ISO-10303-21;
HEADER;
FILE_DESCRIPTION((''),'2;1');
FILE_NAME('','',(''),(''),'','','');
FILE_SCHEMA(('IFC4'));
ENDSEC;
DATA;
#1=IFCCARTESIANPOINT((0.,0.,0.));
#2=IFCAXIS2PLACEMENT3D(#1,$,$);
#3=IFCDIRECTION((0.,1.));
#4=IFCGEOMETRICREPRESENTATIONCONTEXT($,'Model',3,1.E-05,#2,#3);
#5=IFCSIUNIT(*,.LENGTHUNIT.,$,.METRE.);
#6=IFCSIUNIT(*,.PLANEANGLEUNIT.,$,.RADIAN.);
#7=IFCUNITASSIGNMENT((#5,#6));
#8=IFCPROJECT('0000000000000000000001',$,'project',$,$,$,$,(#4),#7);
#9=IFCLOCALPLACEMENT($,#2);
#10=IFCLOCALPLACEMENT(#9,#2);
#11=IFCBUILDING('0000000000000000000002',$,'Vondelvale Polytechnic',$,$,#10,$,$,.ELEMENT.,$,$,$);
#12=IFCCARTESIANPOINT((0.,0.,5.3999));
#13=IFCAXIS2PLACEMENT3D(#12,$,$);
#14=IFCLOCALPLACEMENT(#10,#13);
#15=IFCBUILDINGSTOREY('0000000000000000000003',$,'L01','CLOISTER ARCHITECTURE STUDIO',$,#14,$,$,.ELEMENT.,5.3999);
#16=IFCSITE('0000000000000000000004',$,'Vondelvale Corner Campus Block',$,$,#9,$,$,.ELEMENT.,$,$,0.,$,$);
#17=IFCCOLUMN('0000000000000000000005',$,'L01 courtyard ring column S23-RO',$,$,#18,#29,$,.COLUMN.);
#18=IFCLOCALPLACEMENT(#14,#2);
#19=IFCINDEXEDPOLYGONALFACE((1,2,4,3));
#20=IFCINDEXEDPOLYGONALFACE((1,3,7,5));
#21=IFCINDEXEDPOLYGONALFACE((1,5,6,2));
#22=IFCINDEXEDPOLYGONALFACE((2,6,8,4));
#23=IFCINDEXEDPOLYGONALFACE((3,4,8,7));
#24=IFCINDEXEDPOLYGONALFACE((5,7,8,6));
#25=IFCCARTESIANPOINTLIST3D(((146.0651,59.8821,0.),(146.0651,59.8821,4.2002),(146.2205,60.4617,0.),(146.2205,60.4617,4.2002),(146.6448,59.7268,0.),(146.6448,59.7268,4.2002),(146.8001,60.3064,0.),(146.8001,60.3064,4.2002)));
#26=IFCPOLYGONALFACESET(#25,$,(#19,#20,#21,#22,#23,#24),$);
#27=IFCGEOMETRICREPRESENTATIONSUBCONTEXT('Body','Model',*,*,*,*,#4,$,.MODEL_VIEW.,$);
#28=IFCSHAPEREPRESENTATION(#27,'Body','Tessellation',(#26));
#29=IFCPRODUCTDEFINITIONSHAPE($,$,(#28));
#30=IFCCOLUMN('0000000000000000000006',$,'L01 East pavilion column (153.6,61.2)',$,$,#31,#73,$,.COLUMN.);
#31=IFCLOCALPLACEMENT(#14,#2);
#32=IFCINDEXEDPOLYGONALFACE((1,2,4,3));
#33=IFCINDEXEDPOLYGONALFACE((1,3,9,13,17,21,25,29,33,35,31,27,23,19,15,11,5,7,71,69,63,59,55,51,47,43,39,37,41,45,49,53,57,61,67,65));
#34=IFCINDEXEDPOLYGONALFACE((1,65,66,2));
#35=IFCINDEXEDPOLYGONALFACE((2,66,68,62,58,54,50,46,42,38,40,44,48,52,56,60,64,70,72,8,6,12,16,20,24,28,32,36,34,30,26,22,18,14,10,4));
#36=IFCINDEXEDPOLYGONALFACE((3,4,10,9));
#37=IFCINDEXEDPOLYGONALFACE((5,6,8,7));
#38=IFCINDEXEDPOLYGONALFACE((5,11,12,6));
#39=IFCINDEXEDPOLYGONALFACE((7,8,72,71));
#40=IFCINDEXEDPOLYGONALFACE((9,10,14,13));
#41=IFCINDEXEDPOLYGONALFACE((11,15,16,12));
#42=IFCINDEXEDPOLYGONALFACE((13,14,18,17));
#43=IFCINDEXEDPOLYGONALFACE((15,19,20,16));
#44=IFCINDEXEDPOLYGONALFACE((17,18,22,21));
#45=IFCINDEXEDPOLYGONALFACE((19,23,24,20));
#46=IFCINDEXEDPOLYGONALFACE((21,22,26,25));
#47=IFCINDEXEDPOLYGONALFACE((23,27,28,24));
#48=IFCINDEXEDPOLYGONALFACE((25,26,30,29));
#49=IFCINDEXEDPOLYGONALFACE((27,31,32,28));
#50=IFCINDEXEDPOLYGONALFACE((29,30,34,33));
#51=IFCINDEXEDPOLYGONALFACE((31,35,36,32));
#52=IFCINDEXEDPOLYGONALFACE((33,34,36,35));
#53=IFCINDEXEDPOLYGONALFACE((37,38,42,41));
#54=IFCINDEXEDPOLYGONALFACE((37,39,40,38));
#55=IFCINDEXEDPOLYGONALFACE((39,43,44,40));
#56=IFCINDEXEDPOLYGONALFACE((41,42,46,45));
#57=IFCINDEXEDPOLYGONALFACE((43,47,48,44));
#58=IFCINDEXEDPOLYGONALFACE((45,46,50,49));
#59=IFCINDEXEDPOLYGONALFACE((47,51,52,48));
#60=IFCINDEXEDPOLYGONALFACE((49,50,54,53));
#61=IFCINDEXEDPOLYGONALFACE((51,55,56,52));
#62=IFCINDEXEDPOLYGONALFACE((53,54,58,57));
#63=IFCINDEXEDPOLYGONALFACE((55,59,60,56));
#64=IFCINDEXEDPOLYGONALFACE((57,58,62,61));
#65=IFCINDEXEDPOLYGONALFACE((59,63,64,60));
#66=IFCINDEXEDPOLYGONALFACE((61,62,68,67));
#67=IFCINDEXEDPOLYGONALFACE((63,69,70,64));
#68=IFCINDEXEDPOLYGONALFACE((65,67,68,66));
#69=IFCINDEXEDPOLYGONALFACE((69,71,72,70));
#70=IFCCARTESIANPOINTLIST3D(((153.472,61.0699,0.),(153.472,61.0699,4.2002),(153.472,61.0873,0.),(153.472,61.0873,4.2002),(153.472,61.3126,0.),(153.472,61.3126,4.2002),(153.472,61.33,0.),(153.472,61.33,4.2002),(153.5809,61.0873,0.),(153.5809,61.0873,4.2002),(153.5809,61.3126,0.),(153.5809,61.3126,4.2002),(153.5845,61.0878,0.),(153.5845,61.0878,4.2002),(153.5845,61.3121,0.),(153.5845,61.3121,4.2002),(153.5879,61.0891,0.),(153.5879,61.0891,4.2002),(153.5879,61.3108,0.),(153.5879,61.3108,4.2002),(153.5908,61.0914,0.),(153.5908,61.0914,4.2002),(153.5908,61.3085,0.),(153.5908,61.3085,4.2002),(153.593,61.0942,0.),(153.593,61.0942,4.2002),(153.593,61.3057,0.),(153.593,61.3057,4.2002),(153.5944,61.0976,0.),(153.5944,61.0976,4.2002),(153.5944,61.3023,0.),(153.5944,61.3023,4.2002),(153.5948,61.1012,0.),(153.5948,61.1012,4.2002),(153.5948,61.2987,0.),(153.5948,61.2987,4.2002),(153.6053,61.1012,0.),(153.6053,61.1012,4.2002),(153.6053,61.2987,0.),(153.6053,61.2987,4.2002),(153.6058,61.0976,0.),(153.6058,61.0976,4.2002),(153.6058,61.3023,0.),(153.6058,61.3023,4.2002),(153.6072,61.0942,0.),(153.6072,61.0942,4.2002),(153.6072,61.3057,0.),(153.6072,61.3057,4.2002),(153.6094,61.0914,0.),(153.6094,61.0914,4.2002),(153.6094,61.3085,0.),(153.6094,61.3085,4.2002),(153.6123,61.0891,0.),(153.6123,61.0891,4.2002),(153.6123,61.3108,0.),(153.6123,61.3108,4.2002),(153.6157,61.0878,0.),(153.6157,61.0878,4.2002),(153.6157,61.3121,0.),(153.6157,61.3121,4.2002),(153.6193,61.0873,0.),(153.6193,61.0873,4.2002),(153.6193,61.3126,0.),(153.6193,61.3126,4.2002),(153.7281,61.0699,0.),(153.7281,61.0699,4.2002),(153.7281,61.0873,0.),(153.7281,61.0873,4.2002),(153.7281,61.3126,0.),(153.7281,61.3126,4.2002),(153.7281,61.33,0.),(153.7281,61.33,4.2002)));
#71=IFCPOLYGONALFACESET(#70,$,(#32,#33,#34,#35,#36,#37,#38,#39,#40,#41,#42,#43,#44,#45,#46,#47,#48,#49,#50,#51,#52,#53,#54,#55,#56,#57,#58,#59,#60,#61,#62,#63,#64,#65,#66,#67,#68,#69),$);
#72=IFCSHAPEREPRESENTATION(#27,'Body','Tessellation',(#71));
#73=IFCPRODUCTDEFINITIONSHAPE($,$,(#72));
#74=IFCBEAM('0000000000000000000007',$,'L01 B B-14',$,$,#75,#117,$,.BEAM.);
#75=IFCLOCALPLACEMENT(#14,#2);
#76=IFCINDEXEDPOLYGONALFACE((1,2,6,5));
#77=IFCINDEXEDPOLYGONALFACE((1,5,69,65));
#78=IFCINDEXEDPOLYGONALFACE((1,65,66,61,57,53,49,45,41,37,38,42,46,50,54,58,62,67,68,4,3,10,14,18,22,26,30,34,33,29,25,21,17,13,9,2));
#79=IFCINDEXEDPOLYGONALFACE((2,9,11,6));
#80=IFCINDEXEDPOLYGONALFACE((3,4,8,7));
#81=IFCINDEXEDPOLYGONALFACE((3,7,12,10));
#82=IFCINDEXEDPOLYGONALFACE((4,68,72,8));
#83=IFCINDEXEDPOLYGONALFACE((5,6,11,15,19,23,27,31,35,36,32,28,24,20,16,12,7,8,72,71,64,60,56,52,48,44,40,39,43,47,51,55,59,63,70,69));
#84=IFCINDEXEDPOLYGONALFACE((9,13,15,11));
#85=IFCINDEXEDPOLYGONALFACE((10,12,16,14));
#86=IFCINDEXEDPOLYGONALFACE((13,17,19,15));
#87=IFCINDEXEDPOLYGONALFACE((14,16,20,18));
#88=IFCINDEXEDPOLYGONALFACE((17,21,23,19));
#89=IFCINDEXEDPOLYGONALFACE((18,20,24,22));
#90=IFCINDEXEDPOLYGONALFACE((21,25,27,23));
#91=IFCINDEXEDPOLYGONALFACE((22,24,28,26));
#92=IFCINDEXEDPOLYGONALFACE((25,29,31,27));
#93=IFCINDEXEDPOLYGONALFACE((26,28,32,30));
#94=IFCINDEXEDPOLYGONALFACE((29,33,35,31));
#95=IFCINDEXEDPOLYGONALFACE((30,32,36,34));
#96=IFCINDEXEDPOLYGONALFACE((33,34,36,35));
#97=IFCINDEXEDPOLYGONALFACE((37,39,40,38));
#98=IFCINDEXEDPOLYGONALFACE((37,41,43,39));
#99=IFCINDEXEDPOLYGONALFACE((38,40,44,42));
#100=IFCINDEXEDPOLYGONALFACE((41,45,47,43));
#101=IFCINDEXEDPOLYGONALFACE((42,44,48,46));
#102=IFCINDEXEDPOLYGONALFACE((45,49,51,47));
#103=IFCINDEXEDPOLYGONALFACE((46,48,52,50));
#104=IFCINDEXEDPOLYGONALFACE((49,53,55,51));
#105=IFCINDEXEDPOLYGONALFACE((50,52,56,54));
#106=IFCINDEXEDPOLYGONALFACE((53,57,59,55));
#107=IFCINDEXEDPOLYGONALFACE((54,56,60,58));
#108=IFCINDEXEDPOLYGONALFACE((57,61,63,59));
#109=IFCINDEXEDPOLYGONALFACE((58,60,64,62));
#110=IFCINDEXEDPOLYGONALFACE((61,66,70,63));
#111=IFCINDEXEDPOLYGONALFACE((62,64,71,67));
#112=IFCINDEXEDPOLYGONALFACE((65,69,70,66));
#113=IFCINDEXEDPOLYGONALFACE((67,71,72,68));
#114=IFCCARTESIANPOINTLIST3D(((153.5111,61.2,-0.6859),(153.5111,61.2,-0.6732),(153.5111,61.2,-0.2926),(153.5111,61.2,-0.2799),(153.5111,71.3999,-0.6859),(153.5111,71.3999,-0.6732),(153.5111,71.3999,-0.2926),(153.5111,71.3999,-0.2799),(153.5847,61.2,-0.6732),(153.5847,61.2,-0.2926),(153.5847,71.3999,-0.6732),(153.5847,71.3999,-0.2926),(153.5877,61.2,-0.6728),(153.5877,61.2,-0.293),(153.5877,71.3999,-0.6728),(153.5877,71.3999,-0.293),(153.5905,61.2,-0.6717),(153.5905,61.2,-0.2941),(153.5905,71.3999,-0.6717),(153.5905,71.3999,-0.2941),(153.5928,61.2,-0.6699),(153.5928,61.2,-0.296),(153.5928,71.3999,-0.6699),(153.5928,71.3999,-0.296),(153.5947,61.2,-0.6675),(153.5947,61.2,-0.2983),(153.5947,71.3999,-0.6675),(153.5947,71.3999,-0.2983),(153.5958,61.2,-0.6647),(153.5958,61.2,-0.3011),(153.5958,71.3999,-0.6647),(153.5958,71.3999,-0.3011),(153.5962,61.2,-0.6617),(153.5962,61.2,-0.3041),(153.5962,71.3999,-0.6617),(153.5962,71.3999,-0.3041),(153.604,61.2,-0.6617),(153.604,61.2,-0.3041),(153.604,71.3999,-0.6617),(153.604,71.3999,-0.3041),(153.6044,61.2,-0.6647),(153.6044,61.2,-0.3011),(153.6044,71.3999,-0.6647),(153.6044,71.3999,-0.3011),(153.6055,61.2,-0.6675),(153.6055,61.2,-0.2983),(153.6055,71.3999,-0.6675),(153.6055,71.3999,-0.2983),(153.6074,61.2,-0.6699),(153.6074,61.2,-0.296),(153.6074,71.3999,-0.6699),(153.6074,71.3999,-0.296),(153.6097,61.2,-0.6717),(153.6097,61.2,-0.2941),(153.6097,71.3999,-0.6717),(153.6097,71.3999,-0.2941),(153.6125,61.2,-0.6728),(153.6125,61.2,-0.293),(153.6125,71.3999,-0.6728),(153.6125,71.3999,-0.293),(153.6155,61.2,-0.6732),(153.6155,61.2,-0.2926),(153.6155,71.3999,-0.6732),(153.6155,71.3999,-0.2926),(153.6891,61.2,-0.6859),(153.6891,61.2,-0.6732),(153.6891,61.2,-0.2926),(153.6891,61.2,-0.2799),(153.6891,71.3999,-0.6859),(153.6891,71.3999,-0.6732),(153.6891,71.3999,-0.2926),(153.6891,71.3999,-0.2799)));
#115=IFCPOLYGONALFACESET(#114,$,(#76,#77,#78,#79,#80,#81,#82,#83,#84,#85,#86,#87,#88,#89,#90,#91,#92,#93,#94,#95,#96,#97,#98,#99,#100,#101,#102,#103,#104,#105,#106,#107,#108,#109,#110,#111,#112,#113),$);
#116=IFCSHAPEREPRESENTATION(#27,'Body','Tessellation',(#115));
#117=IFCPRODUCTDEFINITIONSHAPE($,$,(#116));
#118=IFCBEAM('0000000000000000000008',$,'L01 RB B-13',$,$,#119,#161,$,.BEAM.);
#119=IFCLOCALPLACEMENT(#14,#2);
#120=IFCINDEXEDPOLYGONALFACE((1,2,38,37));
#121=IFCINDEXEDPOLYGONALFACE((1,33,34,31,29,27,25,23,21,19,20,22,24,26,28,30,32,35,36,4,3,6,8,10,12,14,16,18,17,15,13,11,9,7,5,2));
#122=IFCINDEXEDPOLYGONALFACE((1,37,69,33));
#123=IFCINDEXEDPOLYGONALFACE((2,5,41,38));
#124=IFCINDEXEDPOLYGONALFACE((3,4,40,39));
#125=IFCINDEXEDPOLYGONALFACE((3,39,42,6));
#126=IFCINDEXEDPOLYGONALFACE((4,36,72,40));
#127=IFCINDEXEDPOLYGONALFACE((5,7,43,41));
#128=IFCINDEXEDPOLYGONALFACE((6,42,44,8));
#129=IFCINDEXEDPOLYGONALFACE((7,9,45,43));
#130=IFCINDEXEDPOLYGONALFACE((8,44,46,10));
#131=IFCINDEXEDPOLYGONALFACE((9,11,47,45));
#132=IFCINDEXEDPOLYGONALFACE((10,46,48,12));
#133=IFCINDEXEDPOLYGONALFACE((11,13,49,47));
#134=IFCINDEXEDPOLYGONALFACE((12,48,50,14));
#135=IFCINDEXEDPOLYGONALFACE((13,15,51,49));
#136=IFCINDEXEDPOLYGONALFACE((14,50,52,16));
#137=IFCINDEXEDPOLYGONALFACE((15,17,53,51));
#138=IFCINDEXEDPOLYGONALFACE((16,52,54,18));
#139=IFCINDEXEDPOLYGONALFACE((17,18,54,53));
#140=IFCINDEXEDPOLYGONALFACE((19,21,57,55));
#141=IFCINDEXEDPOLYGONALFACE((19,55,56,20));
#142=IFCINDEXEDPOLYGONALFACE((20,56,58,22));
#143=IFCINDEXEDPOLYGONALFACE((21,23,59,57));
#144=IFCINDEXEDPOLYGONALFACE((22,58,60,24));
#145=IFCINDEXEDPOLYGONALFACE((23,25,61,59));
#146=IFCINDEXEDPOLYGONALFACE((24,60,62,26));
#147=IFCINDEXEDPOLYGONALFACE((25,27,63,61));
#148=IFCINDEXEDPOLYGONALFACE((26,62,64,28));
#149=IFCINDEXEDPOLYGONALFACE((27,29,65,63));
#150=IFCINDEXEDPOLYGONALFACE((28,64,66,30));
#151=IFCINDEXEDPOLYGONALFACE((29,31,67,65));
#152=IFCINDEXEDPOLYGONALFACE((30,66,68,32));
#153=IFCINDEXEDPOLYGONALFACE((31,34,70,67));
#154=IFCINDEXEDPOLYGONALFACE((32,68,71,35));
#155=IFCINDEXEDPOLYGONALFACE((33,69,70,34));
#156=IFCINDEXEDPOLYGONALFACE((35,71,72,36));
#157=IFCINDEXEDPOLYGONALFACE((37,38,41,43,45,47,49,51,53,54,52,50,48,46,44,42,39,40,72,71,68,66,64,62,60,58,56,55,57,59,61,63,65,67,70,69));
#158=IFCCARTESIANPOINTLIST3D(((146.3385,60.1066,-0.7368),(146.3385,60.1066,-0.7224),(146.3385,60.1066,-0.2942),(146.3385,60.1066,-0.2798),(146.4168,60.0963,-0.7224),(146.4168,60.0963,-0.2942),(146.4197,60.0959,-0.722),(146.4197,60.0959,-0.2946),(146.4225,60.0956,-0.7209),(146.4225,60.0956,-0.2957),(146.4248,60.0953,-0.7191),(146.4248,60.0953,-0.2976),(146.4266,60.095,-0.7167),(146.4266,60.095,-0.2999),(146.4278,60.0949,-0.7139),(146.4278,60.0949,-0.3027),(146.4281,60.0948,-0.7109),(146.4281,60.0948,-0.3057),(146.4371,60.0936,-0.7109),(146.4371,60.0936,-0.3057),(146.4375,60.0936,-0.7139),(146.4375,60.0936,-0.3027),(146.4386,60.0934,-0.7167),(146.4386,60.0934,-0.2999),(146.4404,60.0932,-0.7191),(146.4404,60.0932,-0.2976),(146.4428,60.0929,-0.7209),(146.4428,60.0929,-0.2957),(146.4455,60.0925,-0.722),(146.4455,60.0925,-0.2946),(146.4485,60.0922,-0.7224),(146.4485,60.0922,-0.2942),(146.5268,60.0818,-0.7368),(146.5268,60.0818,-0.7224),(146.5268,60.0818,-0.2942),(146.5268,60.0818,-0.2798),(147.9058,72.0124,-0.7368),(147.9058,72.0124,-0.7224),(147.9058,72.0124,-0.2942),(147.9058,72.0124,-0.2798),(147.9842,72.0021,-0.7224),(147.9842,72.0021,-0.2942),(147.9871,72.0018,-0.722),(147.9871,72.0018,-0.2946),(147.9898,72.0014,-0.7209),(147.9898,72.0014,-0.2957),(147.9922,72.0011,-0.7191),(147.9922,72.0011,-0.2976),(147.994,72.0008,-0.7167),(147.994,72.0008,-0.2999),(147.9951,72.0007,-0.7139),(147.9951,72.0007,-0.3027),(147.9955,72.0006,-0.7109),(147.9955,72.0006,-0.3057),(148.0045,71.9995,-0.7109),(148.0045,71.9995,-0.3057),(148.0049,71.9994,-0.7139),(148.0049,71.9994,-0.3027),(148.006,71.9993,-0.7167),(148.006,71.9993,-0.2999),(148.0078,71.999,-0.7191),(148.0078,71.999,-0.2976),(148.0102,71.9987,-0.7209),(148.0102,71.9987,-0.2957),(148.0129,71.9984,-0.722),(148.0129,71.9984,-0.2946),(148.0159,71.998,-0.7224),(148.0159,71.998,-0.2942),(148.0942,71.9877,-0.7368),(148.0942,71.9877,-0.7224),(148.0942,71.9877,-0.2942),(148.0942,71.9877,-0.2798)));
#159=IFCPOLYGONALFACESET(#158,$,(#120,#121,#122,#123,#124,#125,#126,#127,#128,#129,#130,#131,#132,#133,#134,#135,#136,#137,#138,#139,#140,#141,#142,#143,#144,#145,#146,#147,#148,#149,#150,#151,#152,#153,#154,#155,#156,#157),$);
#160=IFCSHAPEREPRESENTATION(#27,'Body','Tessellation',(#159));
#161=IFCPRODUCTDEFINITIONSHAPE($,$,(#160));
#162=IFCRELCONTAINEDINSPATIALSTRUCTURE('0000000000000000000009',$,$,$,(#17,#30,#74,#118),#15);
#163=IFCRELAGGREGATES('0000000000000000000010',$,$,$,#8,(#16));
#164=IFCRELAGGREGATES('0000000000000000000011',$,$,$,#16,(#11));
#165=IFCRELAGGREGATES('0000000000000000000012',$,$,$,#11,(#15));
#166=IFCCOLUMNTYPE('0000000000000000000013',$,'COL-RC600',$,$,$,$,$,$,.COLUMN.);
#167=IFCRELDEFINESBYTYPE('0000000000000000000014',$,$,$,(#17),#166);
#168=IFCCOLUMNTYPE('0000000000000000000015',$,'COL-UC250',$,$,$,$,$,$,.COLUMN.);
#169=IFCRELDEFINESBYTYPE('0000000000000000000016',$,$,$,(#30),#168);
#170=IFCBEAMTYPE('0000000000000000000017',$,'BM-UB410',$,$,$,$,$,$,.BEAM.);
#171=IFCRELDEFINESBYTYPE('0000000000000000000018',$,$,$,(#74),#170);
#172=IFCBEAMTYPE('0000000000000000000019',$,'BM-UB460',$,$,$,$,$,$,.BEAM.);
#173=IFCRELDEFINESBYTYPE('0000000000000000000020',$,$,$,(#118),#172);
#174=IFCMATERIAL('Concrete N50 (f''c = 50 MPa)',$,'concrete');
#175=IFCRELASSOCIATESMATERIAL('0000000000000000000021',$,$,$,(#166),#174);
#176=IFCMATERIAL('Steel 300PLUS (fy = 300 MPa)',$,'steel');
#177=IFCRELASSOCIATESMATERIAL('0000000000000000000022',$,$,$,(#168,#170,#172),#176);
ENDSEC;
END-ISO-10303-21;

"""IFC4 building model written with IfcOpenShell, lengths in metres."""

from ifc_helpers import new_model, si_unit, direction, frame, origin, origin_2d, place, context, subcontext, project, spatial, rectangle, i_section, extrude, material, material_profile, profile_set, type_object, element, save


model = new_model("IFC4")

# Units and contexts
model_context = context("Model", 3, precision=1e-05, world=origin(), true_north=direction((0.0, 1.0)))
body_context = subcontext(model_context, "Body", "Model", "MODEL_VIEW")
ifc_project = project(units=[si_unit("LENGTHUNIT", "METRE"), si_unit("PLANEANGLEUNIT", "RADIAN")], contexts=[model_context])

# Site, building, storey
site_placement = place(None, origin())
site = spatial("IfcSite", under=ifc_project, at=site_placement, Name="Vondelvale Corner Campus Block", CompositionType="ELEMENT", RefElevation=0.0)
building_placement = place(site_placement, origin())
building = spatial("IfcBuilding", under=site, at=building_placement, Name="Vondelvale Polytechnic", CompositionType="ELEMENT")
storey_placement = place(building_placement, frame((0.0, 0.0, 5.3999)))
storey = spatial("IfcBuildingStorey", under=building, at=storey_placement, Name="L01", Description="CLOISTER ARCHITECTURE STUDIO", CompositionType="ELEMENT", Elevation=5.3999)

# Columns
ifc_material_1 = material(Name="Concrete N50 (f'c = 50 MPa)", Category="concrete")
ifc_material_profile_1 = material_profile(ifc_material_1, rectangle(XDim=0.6001, YDim=0.6001, at=origin_2d()), Name="RC-COL-600x600")
ifc_profile_set_1 = profile_set([ifc_material_profile_1], Name="Concrete N50 (f'c = 50 MPa)")
column_type_1 = type_object("IfcColumnType", Name="COL-RC600", PredefinedType="COLUMN", material=ifc_profile_set_1)
column_1_placement = place(storey_placement, frame((146.4326, 60.0942, 0.0), z_axis=(0.0, 0.0, 1.0), x_axis=(-0.965926, 0.258819, 0.0)))
element("IfcColumn", 1, at=column_1_placement, inside=storey, type_object=column_type_1, Name="L01 courtyard ring column S23-RO", PredefinedType="COLUMN", context=body_context, shape_type="SweptSolid", body=[
    extrude(rectangle(XDim=0.6001, YDim=0.6001, at=origin_2d()), origin(), (0.0, 0.0, 1.0), 4.2002),
])
ifc_material_2 = material(Name="Steel 300PLUS (fy = 300 MPa)", Category="steel")
ifc_material_profile_2 = material_profile(ifc_material_2, i_section(OverallWidth=0.2561, OverallDepth=0.26, WebThickness=0.0105, FlangeThickness=0.0173, FilletRadius=0.0139, at=origin_2d()), Name="250UC89.5")
ifc_profile_set_2 = profile_set([ifc_material_profile_2], Name="Steel 300PLUS (fy = 300 MPa)")
column_type_2 = type_object("IfcColumnType", Name="COL-UC250", PredefinedType="COLUMN", material=ifc_profile_set_2)
column_2_placement = place(storey_placement, frame((153.6001, 61.2, 0.0), z_axis=(0.0, 0.0, 1.0), x_axis=(1.0, 0.0, 0.0)))
element("IfcColumn", 2, at=column_2_placement, inside=storey, type_object=column_type_2, Name="L01 East pavilion column (153.6,61.2)", PredefinedType="COLUMN", context=body_context, shape_type="SweptSolid", body=[
    extrude(i_section(OverallWidth=0.2561, OverallDepth=0.26, WebThickness=0.0105, FlangeThickness=0.0173, FilletRadius=0.0139, at=origin_2d()), origin(), (0.0, 0.0, 1.0), 4.2002),
])

# Beams
ifc_material_profile_3 = material_profile(ifc_material_2, i_section(OverallWidth=0.178, OverallDepth=0.406, WebThickness=0.0078, FlangeThickness=0.0127, FilletRadius=0.0115, at=origin_2d()), Name="410UB59.7")
ifc_profile_set_3 = profile_set([ifc_material_profile_3], Name="Steel 300PLUS (fy = 300 MPa)")
beam_type_1 = type_object("IfcBeamType", Name="BM-UB410", PredefinedType="BEAM", material=ifc_profile_set_3)
beam_1_placement = place(storey_placement, frame((153.6001, 61.2, -0.4829), z_axis=(0.0, 1.0, 0.0), x_axis=(-1.0, 0.0, 0.0)))
element("IfcBeam", 3, at=beam_1_placement, inside=storey, type_object=beam_type_1, Name="L01 B B-14", PredefinedType="BEAM", context=body_context, shape_type="SweptSolid", body=[
    extrude(i_section(OverallWidth=0.178, OverallDepth=0.406, WebThickness=0.0078, FlangeThickness=0.0127, FilletRadius=0.0115, at=origin_2d()), origin(), (0.0, 0.0, 1.0), 10.2),
])
ifc_material_profile_4 = material_profile(ifc_material_2, i_section(OverallWidth=0.1899, OverallDepth=0.457, WebThickness=0.009, FlangeThickness=0.0144, FilletRadius=0.0115, at=origin_2d()), Name="460UB74.6")
ifc_profile_set_4 = profile_set([ifc_material_profile_4], Name="Steel 300PLUS (fy = 300 MPa)")
beam_type_2 = type_object("IfcBeamType", Name="BM-UB460", PredefinedType="BEAM", material=ifc_profile_set_4)
beam_2_placement = place(storey_placement, frame((146.4326, 60.0942, -0.5083), z_axis=(0.130523, 0.991445, 0.0), x_axis=(-0.991445, 0.130523, 0.0)))
element("IfcBeam", 4, at=beam_2_placement, inside=storey, type_object=beam_type_2, Name="L01 RB B-13", PredefinedType="BEAM", context=body_context, shape_type="SweptSolid", body=[
    extrude(i_section(OverallWidth=0.1899, OverallDepth=0.457, WebThickness=0.009, FlangeThickness=0.0144, FilletRadius=0.0115, at=origin_2d()), origin(), (0.0, 0.0, 1.0), 12.0085),
])

save(model, "model.ifc")
